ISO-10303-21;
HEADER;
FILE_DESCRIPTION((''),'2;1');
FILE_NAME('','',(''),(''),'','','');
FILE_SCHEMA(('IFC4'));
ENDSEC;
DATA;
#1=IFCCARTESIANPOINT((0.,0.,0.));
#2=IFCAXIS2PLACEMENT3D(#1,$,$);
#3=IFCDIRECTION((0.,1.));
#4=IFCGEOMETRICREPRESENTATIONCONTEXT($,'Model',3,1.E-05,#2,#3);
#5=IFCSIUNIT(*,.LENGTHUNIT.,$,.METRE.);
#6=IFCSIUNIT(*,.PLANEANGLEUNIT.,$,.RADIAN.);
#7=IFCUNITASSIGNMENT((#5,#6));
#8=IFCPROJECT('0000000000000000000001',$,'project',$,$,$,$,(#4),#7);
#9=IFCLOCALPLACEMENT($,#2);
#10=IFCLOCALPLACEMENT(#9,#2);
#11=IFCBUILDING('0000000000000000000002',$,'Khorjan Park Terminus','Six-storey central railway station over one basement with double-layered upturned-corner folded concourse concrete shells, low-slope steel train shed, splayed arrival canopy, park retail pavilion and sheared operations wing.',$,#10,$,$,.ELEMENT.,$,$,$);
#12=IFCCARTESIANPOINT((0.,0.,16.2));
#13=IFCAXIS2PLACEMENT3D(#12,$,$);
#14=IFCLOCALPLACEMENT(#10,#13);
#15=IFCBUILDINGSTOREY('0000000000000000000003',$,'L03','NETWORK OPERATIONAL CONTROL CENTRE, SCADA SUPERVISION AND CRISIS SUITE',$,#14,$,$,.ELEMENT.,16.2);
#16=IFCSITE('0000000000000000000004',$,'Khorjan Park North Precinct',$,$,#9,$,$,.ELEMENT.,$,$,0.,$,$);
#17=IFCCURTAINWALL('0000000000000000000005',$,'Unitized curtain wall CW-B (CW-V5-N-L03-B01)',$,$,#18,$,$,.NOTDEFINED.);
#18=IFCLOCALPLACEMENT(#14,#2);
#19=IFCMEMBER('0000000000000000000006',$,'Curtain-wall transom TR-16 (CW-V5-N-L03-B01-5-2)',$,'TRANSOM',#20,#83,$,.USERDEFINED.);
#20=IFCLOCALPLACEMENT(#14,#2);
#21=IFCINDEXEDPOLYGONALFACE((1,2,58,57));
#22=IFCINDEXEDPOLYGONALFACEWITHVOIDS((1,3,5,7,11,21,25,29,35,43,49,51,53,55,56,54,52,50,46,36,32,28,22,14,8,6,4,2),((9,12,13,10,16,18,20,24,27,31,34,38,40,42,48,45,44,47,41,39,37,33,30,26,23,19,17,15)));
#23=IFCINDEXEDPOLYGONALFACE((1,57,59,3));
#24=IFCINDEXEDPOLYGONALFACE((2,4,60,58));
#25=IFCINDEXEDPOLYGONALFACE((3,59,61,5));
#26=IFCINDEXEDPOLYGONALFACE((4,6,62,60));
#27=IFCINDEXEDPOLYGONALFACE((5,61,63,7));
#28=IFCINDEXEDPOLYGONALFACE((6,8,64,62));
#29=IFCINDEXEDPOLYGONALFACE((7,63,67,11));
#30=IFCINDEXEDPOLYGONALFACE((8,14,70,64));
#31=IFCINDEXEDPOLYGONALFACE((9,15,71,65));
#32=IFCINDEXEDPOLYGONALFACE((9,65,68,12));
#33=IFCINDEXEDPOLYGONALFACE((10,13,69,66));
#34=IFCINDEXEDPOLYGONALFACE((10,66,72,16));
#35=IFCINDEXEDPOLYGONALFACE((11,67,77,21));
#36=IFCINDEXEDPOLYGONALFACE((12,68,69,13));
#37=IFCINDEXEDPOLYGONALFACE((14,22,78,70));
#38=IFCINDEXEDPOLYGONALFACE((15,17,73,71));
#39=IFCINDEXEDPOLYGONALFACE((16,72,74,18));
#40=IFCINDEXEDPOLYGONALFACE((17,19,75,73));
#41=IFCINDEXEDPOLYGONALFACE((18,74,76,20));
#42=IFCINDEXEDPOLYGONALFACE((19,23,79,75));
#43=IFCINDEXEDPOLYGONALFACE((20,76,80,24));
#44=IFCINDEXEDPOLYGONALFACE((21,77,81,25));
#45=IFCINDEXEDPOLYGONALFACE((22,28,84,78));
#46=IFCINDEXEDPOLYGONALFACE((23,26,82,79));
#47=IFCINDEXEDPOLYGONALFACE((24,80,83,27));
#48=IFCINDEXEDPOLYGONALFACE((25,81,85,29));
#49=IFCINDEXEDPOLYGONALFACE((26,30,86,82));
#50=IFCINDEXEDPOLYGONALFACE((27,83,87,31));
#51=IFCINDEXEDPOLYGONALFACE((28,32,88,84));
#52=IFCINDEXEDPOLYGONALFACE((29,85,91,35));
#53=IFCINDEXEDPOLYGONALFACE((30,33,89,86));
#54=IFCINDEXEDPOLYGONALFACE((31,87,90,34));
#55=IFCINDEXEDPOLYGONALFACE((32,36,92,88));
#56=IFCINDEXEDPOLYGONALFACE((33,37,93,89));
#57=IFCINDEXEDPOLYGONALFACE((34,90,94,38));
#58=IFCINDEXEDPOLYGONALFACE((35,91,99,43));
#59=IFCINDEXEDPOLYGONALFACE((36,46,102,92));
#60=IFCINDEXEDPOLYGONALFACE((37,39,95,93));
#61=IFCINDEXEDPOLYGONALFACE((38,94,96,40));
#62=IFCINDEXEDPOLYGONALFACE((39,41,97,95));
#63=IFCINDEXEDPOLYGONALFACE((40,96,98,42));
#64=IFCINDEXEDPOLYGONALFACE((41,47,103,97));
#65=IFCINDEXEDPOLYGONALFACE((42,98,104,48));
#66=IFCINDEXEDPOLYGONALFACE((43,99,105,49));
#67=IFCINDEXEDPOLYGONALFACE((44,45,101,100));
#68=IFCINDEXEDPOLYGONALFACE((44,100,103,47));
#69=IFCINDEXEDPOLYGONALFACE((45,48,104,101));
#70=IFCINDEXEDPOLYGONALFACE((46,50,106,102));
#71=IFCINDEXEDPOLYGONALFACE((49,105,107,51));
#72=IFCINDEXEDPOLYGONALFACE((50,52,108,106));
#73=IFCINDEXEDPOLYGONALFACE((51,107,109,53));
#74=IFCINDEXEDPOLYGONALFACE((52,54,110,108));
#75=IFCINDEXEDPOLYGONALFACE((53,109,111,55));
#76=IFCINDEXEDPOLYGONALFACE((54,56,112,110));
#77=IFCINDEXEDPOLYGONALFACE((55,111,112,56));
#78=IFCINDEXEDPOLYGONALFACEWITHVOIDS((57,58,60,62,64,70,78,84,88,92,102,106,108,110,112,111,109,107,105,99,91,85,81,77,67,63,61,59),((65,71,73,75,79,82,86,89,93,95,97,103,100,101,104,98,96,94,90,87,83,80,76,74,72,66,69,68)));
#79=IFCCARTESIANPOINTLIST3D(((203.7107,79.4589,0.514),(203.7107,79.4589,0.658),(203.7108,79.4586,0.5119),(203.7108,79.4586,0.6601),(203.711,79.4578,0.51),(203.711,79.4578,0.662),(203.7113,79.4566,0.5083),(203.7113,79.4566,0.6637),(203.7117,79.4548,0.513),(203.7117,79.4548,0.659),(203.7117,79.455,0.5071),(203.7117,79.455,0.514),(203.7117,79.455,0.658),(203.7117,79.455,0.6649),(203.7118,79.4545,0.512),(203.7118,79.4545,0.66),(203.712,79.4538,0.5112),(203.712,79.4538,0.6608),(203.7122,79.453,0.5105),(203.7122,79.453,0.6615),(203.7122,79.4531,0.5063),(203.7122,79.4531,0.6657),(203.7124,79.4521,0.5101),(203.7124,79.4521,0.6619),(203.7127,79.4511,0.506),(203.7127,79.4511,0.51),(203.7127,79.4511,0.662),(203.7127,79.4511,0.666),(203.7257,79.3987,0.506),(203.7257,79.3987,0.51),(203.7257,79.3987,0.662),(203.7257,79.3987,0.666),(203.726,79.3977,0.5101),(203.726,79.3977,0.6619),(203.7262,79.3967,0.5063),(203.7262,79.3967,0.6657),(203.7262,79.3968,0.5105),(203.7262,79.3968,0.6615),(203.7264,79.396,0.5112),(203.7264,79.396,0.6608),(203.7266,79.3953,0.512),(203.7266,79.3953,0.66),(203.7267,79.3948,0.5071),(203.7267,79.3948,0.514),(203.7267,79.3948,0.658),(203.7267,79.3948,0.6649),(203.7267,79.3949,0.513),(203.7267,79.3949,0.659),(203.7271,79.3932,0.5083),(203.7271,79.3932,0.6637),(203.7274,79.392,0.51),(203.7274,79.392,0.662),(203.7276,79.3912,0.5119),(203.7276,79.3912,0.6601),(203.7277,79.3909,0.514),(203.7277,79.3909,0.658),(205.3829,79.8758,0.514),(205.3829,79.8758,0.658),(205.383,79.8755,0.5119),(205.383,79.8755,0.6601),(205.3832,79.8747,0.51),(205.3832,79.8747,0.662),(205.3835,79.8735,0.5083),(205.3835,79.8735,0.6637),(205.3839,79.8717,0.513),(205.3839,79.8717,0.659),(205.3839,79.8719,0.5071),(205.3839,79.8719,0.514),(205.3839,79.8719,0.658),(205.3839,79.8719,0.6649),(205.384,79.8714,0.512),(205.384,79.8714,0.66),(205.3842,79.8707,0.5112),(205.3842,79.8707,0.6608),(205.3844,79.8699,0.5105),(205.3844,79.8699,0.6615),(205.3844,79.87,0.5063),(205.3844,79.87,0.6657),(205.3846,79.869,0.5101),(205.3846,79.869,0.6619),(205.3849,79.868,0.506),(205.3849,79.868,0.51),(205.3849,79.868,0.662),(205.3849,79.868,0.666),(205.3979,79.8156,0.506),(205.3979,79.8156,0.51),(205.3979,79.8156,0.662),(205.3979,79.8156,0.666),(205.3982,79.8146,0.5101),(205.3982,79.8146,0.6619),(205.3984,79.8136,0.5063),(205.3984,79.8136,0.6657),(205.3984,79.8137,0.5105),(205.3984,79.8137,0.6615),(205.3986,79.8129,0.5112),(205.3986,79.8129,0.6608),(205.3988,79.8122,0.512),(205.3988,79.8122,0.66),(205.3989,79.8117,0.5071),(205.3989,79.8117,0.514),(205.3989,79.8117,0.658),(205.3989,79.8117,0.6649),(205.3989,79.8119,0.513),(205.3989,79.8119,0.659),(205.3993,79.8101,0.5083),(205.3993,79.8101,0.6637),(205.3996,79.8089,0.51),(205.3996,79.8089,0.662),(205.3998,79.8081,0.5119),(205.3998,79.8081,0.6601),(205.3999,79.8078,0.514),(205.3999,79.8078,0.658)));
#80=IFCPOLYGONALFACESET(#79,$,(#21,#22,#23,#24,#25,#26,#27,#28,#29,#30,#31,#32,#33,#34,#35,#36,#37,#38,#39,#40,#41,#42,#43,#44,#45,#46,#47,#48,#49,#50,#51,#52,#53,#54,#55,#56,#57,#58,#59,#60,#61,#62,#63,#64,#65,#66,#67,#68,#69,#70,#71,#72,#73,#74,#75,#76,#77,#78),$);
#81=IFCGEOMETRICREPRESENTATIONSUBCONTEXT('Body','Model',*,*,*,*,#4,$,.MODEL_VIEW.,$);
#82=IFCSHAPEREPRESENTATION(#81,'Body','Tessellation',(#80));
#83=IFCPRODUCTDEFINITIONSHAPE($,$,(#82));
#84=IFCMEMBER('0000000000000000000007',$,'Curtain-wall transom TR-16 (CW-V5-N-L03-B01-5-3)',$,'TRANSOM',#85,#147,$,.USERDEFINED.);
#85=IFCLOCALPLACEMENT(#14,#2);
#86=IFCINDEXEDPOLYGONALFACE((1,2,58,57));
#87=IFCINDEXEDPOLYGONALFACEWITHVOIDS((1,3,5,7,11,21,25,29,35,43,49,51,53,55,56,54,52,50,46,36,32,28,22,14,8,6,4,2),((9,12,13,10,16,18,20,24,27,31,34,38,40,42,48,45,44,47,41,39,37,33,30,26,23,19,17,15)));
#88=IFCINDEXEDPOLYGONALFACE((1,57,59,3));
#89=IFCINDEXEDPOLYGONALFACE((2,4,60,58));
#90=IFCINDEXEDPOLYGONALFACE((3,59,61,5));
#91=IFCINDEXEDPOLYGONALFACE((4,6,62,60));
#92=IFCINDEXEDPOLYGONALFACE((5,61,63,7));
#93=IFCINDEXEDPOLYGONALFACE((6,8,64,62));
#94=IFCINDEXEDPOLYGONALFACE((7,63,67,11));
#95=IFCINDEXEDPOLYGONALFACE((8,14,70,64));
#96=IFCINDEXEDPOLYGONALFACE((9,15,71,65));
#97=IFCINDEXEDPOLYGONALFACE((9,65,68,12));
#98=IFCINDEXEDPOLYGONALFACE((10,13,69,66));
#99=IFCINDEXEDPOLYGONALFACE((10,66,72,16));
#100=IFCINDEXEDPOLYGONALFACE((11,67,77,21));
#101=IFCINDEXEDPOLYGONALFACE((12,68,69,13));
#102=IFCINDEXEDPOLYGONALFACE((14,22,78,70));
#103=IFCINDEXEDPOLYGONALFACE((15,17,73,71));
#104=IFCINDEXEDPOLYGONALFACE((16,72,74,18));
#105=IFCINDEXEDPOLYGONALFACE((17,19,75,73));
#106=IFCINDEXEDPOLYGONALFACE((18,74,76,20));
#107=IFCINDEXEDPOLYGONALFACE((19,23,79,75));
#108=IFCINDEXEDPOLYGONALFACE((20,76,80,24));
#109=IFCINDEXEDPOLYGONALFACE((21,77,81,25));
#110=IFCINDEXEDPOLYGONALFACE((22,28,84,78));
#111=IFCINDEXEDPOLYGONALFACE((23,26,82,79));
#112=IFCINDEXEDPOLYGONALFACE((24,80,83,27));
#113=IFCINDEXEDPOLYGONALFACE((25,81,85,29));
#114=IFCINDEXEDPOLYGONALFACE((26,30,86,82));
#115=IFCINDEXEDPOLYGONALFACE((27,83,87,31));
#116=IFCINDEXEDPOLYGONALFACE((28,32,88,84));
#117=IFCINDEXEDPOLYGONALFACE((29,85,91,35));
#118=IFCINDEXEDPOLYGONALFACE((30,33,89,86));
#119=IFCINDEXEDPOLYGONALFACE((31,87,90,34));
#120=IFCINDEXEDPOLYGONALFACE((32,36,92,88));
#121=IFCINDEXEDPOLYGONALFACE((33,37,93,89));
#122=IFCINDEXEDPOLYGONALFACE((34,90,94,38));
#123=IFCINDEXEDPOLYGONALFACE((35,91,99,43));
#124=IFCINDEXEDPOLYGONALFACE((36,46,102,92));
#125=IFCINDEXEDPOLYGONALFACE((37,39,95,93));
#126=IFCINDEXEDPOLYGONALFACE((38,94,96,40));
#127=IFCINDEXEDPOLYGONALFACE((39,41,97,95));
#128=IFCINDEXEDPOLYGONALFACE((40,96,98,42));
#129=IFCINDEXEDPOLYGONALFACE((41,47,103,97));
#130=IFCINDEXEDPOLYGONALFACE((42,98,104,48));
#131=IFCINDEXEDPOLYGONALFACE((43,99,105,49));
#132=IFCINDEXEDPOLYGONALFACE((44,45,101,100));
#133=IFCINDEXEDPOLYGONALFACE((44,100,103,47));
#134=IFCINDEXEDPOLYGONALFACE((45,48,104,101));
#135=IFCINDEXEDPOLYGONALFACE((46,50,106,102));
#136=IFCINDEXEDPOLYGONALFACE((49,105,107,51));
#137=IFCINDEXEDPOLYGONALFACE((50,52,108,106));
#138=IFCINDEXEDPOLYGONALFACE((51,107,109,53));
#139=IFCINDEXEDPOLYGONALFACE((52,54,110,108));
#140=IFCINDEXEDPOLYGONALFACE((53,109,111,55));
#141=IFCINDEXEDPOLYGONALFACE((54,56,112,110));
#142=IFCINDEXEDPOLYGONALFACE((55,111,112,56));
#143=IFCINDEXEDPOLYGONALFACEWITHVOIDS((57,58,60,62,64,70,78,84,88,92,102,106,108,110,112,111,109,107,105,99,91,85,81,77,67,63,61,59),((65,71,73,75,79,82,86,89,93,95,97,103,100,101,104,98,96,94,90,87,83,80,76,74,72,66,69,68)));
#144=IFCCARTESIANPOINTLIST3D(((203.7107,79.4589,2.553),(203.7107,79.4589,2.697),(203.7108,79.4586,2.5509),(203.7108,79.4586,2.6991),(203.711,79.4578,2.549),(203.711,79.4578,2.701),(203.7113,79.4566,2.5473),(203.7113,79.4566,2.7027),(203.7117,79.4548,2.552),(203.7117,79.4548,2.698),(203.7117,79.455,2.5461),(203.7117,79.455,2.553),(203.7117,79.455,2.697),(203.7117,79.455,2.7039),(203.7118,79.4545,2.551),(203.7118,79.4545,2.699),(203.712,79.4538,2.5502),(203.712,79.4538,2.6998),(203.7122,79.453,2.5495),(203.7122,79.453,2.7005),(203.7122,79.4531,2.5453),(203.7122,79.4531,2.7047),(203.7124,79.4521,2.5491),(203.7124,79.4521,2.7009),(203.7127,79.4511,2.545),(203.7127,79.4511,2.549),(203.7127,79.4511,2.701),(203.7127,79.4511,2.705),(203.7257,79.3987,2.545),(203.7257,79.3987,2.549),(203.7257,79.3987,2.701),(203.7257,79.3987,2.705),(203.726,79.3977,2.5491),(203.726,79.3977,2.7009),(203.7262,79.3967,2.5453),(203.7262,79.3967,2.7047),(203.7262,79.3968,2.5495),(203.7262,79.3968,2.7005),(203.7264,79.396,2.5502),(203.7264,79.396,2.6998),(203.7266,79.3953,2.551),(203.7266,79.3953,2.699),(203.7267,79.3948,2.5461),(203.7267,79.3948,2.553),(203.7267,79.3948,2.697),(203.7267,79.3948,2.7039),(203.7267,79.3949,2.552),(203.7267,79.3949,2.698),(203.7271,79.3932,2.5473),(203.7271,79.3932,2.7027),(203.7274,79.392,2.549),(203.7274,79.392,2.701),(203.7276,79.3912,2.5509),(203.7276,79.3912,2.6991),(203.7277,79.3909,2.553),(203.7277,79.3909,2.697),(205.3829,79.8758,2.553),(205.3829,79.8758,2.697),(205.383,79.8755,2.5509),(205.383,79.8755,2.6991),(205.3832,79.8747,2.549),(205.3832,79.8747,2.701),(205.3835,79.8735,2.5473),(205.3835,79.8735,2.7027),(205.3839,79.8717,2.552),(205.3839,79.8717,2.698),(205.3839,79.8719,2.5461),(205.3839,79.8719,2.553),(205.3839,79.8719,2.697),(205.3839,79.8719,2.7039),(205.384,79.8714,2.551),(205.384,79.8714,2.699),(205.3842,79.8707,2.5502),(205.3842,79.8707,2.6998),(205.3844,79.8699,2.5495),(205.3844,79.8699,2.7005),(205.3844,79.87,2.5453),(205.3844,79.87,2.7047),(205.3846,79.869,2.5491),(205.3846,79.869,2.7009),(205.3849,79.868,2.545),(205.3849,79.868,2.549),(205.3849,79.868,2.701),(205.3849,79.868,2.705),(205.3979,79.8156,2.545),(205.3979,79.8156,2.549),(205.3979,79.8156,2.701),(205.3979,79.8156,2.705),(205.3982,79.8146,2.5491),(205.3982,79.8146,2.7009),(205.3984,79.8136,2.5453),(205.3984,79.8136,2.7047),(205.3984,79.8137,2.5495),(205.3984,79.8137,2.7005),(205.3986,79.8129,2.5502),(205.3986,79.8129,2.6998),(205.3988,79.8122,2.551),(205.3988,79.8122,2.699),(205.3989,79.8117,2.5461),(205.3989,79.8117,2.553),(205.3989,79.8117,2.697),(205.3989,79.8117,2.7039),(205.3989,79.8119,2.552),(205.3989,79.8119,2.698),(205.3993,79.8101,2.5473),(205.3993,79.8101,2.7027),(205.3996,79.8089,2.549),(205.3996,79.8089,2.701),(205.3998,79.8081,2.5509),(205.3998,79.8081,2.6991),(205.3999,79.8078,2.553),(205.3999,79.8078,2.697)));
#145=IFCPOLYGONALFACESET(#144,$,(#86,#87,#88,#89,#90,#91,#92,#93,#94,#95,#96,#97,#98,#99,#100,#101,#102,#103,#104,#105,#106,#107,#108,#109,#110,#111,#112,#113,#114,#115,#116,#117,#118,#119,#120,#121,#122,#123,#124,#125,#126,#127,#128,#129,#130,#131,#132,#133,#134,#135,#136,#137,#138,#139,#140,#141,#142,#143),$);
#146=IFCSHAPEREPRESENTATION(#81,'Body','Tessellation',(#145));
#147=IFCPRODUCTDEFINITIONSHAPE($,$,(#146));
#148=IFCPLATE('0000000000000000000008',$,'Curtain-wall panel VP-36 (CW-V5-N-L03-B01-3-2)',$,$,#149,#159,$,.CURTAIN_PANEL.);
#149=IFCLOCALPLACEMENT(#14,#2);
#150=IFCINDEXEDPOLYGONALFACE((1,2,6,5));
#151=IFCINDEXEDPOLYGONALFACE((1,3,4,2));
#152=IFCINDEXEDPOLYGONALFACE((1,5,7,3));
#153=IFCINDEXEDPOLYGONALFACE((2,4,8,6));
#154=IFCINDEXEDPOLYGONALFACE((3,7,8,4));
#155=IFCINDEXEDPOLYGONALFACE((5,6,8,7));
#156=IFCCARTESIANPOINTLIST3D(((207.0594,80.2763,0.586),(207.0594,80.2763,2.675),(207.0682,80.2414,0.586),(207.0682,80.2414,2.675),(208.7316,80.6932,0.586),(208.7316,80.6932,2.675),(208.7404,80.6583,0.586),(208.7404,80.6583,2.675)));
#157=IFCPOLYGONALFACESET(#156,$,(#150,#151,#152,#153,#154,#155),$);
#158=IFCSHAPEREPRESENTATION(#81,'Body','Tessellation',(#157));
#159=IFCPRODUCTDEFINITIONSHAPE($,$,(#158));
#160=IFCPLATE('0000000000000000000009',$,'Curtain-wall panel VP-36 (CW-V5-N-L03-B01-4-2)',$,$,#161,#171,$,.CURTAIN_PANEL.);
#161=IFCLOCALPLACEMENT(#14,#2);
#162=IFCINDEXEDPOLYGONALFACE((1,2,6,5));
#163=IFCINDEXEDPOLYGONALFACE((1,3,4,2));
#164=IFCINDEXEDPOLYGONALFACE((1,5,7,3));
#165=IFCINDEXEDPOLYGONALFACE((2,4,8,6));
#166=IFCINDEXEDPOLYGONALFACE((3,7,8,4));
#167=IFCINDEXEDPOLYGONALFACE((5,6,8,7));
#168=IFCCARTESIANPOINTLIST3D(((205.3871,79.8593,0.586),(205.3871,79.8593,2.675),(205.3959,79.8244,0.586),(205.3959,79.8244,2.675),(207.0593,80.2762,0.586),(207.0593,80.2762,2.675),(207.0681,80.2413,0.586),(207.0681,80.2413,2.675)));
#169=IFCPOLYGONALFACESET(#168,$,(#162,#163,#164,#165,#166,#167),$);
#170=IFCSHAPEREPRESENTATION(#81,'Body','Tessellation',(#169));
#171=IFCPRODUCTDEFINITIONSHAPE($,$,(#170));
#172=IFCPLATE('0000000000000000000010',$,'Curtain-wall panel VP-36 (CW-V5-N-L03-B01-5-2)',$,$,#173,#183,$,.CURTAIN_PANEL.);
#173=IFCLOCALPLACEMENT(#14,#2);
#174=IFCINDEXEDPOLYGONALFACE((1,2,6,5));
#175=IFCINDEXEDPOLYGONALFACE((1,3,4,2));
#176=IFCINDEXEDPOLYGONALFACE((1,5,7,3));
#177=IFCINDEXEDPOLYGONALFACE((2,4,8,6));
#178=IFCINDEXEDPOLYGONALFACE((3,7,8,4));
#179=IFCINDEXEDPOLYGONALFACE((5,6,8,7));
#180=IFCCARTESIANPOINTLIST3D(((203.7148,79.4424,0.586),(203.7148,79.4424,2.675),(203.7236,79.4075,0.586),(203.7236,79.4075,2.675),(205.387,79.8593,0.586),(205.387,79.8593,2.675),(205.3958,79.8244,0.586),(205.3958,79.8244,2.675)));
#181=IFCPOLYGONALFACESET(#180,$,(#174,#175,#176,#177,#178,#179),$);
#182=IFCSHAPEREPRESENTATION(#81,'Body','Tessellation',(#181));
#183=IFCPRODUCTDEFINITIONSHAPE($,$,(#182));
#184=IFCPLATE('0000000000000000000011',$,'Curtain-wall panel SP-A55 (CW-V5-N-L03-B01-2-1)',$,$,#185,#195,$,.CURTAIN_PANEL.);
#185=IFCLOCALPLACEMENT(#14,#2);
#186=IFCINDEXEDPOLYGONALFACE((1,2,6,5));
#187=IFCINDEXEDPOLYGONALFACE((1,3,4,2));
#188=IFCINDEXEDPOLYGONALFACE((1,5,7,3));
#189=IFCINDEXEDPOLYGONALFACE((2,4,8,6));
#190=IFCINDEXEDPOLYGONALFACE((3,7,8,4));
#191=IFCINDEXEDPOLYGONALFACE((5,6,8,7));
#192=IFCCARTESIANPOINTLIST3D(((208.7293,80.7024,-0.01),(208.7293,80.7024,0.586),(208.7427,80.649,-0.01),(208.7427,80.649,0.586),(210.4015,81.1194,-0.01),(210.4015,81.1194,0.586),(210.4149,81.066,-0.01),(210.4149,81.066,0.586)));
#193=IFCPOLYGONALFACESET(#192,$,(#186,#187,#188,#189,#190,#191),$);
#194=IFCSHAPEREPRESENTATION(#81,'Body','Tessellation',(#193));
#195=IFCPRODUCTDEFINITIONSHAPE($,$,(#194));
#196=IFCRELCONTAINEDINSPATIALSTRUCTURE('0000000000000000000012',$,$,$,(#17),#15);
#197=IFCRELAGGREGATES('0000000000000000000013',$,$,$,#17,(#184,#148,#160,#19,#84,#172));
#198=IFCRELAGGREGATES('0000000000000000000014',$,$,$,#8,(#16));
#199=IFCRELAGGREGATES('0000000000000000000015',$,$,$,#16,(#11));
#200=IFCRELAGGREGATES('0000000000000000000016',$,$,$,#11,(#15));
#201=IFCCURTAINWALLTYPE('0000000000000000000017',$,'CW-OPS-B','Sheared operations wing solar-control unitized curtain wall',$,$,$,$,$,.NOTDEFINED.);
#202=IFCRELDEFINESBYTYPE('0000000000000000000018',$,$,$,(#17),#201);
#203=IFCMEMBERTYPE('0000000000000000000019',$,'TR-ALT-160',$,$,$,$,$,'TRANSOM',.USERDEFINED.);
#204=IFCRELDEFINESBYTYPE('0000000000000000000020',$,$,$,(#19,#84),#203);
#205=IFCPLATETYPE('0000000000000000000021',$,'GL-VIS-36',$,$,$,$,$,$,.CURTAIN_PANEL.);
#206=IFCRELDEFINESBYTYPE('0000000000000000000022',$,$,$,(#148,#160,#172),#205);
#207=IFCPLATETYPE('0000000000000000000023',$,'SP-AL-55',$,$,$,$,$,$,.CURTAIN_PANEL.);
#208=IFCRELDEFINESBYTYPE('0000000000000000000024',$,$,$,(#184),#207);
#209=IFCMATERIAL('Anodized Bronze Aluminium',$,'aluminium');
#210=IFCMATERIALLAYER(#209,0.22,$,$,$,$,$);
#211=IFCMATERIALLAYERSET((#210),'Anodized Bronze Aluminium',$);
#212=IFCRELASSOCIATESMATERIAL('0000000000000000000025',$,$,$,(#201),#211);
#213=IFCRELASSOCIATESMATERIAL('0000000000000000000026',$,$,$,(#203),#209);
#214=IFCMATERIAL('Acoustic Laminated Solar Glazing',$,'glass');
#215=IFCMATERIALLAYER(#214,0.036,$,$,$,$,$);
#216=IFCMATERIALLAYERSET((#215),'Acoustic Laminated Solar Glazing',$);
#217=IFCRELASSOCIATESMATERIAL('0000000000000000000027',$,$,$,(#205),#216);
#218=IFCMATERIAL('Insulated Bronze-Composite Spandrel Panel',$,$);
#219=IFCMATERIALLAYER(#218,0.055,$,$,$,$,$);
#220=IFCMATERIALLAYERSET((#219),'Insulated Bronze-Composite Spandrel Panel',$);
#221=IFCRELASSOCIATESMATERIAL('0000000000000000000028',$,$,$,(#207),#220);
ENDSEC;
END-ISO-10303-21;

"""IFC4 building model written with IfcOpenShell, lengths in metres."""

from ifc_helpers import new_model, si_unit, direction, frame, origin, origin_2d, place, context, subcontext, project, spatial, rectangle, hollow_rectangle, extrude, material, layer, layer_set, material_profile, profile_set, type_object, element, aggregate, save


model = new_model("IFC4")

# Units and contexts
model_context = context("Model", 3, precision=1e-05, world=origin(), true_north=direction((0.0, 1.0)))
body_context = subcontext(model_context, "Body", "Model", "MODEL_VIEW")
ifc_project = project(units=[si_unit("LENGTHUNIT", "METRE"), si_unit("PLANEANGLEUNIT", "RADIAN")], contexts=[model_context])

# Site, building, storey
site_placement = place(None, origin())
site = spatial("IfcSite", under=ifc_project, at=site_placement, Name="Khorjan Park North Precinct", CompositionType="ELEMENT", RefElevation=0.0)
building_placement = place(site_placement, origin())
building = spatial("IfcBuilding", under=site, at=building_placement, Name="Khorjan Park Terminus", Description="Six-storey central railway station over one basement with double-layered upturned-corner folded concourse concrete shells, low-slope steel train shed, splayed arrival canopy, park retail pavilion and sheared operations wing.", CompositionType="ELEMENT")
storey_placement = place(building_placement, frame((0.0, 0.0, 16.2)))
storey = spatial("IfcBuildingStorey", under=building, at=storey_placement, Name="L03", Description="NETWORK OPERATIONAL CONTROL CENTRE, SCADA SUPERVISION AND CRISIS SUITE", CompositionType="ELEMENT", Elevation=16.2)

# Curtain wall, members, plates
ifc_material_1 = material(Name="Anodized Bronze Aluminium", Category="aluminium")
ifc_layer_1 = layer(ifc_material_1, 0.22)
ifc_layer_set_1 = layer_set([ifc_layer_1], Name="Anodized Bronze Aluminium")
curtain_wall_type = type_object("IfcCurtainWallType", Name="CW-OPS-B", Description="Sheared operations wing solar-control unitized curtain wall", PredefinedType="NOTDEFINED", material=ifc_layer_set_1)
curtain_wall_placement = place(storey_placement, origin())
curtain_wall = element("IfcCurtainWall", 1, at=curtain_wall_placement, inside=storey, type_object=curtain_wall_type, Name="Unitized curtain wall CW-B (CW-V5-N-L03-B01)", PredefinedType="NOTDEFINED")
ifc_material_profile_1 = material_profile(ifc_material_1, hollow_rectangle(XDim=0.07, YDim=0.16, WallThickness=0.004, InnerFilletRadius=0.004, OuterFilletRadius=0.008, at=origin_2d()), Name="ALT 70x160x4")
ifc_profile_set_1 = profile_set([ifc_material_profile_1], Name="Anodized Bronze Aluminium")
member_type_1 = type_object("IfcMemberType", Name="TR-ALT-160", ElementType="TRANSOM", PredefinedType="USERDEFINED", material=ifc_profile_set_1)
member_1_placement = place(storey_placement, frame((205.3914, 79.8418, 0.586), z_axis=(-0.970299, -0.241908, 0.0), x_axis=(0.241908, -0.970299, 0.0)))
member_1 = element("IfcMember", 2, at=member_1_placement, type_object=member_type_1, Name="Curtain-wall transom TR-16 (CW-V5-N-L03-B01-5-2)", ObjectType="TRANSOM", PredefinedType="USERDEFINED", context=body_context, shape_type="SweptSolid", body=[
    extrude(hollow_rectangle(XDim=0.07, YDim=0.16, WallThickness=0.004, InnerFilletRadius=0.004, OuterFilletRadius=0.008, at=origin_2d()), origin(), (0.0, 0.0, 1.0), 1.7234),
])
member_2_placement = place(storey_placement, frame((205.3914, 79.8418, 2.625), z_axis=(-0.970299, -0.241908, 0.0), x_axis=(0.241908, -0.970299, 0.0)))
member_2 = element("IfcMember", 3, at=member_2_placement, type_object=member_type_1, Name="Curtain-wall transom TR-16 (CW-V5-N-L03-B01-5-3)", ObjectType="TRANSOM", PredefinedType="USERDEFINED", context=body_context, shape_type="SweptSolid", body=[
    extrude(hollow_rectangle(XDim=0.07, YDim=0.16, WallThickness=0.004, InnerFilletRadius=0.004, OuterFilletRadius=0.008, at=origin_2d()), origin(), (0.0, 0.0, 1.0), 1.7234),
])
ifc_material_2 = material(Name="Acoustic Laminated Solar Glazing", Category="glass")
ifc_layer_2 = layer(ifc_material_2, 0.036)
ifc_layer_set_2 = layer_set([ifc_layer_2], Name="Acoustic Laminated Solar Glazing")
plate_type_1 = type_object("IfcPlateType", Name="GL-VIS-36", PredefinedType="CURTAIN_PANEL", material=ifc_layer_set_2)
plate_1_placement = place(storey_placement, frame((207.8999, 80.4673, 0.586), z_axis=(0.0, 0.0, 1.0), x_axis=(-0.970294, -0.241928, 0.0)))
plate_1 = element("IfcPlate", 4, at=plate_1_placement, type_object=plate_type_1, Name="Curtain-wall panel VP-36 (CW-V5-N-L03-B01-3-2)", PredefinedType="CURTAIN_PANEL", context=body_context, shape_type="SweptSolid", body=[
    extrude(rectangle(XDim=1.7234, YDim=0.036, at=origin_2d()), origin(), (0.0, 0.0, 1.0), 2.089),
])
plate_2_placement = place(storey_placement, frame((206.2276, 80.0503, 0.586), z_axis=(0.0, 0.0, 1.0), x_axis=(-0.970294, -0.241928, 0.0)))
plate_2 = element("IfcPlate", 5, at=plate_2_placement, type_object=plate_type_1, Name="Curtain-wall panel VP-36 (CW-V5-N-L03-B01-4-2)", PredefinedType="CURTAIN_PANEL", context=body_context, shape_type="SweptSolid", body=[
    extrude(rectangle(XDim=1.7234, YDim=0.036, at=origin_2d()), origin(), (0.0, 0.0, 1.0), 2.089),
])
plate_3_placement = place(storey_placement, frame((204.5553, 79.6334, 0.586), z_axis=(0.0, 0.0, 1.0), x_axis=(-0.970294, -0.241928, 0.0)))
plate_3 = element("IfcPlate", 6, at=plate_3_placement, type_object=plate_type_1, Name="Curtain-wall panel VP-36 (CW-V5-N-L03-B01-5-2)", PredefinedType="CURTAIN_PANEL", context=body_context, shape_type="SweptSolid", body=[
    extrude(rectangle(XDim=1.7234, YDim=0.036, at=origin_2d()), origin(), (0.0, 0.0, 1.0), 2.089),
])
ifc_material_3 = material(Name="Insulated Bronze-Composite Spandrel Panel")
ifc_layer_3 = layer(ifc_material_3, 0.055)
ifc_layer_set_3 = layer_set([ifc_layer_3], Name="Insulated Bronze-Composite Spandrel Panel")
plate_type_2 = type_object("IfcPlateType", Name="SP-AL-55", PredefinedType="CURTAIN_PANEL", material=ifc_layer_set_3)
plate_4_placement = place(storey_placement, frame((209.5721, 80.8842, -0.01), z_axis=(0.0, 0.0, 1.0), x_axis=(-0.970294, -0.241928, 0.0)))
plate_4 = element("IfcPlate", 7, at=plate_4_placement, type_object=plate_type_2, Name="Curtain-wall panel SP-A55 (CW-V5-N-L03-B01-2-1)", PredefinedType="CURTAIN_PANEL", context=body_context, shape_type="SweptSolid", body=[
    extrude(rectangle(XDim=1.7234, YDim=0.055, at=origin_2d()), origin(), (0.0, 0.0, 1.0), 0.596),
])
aggregate(curtain_wall, [plate_4, plate_1, plate_2, member_1, member_2, plate_3])

save(model, "model.ifc")
